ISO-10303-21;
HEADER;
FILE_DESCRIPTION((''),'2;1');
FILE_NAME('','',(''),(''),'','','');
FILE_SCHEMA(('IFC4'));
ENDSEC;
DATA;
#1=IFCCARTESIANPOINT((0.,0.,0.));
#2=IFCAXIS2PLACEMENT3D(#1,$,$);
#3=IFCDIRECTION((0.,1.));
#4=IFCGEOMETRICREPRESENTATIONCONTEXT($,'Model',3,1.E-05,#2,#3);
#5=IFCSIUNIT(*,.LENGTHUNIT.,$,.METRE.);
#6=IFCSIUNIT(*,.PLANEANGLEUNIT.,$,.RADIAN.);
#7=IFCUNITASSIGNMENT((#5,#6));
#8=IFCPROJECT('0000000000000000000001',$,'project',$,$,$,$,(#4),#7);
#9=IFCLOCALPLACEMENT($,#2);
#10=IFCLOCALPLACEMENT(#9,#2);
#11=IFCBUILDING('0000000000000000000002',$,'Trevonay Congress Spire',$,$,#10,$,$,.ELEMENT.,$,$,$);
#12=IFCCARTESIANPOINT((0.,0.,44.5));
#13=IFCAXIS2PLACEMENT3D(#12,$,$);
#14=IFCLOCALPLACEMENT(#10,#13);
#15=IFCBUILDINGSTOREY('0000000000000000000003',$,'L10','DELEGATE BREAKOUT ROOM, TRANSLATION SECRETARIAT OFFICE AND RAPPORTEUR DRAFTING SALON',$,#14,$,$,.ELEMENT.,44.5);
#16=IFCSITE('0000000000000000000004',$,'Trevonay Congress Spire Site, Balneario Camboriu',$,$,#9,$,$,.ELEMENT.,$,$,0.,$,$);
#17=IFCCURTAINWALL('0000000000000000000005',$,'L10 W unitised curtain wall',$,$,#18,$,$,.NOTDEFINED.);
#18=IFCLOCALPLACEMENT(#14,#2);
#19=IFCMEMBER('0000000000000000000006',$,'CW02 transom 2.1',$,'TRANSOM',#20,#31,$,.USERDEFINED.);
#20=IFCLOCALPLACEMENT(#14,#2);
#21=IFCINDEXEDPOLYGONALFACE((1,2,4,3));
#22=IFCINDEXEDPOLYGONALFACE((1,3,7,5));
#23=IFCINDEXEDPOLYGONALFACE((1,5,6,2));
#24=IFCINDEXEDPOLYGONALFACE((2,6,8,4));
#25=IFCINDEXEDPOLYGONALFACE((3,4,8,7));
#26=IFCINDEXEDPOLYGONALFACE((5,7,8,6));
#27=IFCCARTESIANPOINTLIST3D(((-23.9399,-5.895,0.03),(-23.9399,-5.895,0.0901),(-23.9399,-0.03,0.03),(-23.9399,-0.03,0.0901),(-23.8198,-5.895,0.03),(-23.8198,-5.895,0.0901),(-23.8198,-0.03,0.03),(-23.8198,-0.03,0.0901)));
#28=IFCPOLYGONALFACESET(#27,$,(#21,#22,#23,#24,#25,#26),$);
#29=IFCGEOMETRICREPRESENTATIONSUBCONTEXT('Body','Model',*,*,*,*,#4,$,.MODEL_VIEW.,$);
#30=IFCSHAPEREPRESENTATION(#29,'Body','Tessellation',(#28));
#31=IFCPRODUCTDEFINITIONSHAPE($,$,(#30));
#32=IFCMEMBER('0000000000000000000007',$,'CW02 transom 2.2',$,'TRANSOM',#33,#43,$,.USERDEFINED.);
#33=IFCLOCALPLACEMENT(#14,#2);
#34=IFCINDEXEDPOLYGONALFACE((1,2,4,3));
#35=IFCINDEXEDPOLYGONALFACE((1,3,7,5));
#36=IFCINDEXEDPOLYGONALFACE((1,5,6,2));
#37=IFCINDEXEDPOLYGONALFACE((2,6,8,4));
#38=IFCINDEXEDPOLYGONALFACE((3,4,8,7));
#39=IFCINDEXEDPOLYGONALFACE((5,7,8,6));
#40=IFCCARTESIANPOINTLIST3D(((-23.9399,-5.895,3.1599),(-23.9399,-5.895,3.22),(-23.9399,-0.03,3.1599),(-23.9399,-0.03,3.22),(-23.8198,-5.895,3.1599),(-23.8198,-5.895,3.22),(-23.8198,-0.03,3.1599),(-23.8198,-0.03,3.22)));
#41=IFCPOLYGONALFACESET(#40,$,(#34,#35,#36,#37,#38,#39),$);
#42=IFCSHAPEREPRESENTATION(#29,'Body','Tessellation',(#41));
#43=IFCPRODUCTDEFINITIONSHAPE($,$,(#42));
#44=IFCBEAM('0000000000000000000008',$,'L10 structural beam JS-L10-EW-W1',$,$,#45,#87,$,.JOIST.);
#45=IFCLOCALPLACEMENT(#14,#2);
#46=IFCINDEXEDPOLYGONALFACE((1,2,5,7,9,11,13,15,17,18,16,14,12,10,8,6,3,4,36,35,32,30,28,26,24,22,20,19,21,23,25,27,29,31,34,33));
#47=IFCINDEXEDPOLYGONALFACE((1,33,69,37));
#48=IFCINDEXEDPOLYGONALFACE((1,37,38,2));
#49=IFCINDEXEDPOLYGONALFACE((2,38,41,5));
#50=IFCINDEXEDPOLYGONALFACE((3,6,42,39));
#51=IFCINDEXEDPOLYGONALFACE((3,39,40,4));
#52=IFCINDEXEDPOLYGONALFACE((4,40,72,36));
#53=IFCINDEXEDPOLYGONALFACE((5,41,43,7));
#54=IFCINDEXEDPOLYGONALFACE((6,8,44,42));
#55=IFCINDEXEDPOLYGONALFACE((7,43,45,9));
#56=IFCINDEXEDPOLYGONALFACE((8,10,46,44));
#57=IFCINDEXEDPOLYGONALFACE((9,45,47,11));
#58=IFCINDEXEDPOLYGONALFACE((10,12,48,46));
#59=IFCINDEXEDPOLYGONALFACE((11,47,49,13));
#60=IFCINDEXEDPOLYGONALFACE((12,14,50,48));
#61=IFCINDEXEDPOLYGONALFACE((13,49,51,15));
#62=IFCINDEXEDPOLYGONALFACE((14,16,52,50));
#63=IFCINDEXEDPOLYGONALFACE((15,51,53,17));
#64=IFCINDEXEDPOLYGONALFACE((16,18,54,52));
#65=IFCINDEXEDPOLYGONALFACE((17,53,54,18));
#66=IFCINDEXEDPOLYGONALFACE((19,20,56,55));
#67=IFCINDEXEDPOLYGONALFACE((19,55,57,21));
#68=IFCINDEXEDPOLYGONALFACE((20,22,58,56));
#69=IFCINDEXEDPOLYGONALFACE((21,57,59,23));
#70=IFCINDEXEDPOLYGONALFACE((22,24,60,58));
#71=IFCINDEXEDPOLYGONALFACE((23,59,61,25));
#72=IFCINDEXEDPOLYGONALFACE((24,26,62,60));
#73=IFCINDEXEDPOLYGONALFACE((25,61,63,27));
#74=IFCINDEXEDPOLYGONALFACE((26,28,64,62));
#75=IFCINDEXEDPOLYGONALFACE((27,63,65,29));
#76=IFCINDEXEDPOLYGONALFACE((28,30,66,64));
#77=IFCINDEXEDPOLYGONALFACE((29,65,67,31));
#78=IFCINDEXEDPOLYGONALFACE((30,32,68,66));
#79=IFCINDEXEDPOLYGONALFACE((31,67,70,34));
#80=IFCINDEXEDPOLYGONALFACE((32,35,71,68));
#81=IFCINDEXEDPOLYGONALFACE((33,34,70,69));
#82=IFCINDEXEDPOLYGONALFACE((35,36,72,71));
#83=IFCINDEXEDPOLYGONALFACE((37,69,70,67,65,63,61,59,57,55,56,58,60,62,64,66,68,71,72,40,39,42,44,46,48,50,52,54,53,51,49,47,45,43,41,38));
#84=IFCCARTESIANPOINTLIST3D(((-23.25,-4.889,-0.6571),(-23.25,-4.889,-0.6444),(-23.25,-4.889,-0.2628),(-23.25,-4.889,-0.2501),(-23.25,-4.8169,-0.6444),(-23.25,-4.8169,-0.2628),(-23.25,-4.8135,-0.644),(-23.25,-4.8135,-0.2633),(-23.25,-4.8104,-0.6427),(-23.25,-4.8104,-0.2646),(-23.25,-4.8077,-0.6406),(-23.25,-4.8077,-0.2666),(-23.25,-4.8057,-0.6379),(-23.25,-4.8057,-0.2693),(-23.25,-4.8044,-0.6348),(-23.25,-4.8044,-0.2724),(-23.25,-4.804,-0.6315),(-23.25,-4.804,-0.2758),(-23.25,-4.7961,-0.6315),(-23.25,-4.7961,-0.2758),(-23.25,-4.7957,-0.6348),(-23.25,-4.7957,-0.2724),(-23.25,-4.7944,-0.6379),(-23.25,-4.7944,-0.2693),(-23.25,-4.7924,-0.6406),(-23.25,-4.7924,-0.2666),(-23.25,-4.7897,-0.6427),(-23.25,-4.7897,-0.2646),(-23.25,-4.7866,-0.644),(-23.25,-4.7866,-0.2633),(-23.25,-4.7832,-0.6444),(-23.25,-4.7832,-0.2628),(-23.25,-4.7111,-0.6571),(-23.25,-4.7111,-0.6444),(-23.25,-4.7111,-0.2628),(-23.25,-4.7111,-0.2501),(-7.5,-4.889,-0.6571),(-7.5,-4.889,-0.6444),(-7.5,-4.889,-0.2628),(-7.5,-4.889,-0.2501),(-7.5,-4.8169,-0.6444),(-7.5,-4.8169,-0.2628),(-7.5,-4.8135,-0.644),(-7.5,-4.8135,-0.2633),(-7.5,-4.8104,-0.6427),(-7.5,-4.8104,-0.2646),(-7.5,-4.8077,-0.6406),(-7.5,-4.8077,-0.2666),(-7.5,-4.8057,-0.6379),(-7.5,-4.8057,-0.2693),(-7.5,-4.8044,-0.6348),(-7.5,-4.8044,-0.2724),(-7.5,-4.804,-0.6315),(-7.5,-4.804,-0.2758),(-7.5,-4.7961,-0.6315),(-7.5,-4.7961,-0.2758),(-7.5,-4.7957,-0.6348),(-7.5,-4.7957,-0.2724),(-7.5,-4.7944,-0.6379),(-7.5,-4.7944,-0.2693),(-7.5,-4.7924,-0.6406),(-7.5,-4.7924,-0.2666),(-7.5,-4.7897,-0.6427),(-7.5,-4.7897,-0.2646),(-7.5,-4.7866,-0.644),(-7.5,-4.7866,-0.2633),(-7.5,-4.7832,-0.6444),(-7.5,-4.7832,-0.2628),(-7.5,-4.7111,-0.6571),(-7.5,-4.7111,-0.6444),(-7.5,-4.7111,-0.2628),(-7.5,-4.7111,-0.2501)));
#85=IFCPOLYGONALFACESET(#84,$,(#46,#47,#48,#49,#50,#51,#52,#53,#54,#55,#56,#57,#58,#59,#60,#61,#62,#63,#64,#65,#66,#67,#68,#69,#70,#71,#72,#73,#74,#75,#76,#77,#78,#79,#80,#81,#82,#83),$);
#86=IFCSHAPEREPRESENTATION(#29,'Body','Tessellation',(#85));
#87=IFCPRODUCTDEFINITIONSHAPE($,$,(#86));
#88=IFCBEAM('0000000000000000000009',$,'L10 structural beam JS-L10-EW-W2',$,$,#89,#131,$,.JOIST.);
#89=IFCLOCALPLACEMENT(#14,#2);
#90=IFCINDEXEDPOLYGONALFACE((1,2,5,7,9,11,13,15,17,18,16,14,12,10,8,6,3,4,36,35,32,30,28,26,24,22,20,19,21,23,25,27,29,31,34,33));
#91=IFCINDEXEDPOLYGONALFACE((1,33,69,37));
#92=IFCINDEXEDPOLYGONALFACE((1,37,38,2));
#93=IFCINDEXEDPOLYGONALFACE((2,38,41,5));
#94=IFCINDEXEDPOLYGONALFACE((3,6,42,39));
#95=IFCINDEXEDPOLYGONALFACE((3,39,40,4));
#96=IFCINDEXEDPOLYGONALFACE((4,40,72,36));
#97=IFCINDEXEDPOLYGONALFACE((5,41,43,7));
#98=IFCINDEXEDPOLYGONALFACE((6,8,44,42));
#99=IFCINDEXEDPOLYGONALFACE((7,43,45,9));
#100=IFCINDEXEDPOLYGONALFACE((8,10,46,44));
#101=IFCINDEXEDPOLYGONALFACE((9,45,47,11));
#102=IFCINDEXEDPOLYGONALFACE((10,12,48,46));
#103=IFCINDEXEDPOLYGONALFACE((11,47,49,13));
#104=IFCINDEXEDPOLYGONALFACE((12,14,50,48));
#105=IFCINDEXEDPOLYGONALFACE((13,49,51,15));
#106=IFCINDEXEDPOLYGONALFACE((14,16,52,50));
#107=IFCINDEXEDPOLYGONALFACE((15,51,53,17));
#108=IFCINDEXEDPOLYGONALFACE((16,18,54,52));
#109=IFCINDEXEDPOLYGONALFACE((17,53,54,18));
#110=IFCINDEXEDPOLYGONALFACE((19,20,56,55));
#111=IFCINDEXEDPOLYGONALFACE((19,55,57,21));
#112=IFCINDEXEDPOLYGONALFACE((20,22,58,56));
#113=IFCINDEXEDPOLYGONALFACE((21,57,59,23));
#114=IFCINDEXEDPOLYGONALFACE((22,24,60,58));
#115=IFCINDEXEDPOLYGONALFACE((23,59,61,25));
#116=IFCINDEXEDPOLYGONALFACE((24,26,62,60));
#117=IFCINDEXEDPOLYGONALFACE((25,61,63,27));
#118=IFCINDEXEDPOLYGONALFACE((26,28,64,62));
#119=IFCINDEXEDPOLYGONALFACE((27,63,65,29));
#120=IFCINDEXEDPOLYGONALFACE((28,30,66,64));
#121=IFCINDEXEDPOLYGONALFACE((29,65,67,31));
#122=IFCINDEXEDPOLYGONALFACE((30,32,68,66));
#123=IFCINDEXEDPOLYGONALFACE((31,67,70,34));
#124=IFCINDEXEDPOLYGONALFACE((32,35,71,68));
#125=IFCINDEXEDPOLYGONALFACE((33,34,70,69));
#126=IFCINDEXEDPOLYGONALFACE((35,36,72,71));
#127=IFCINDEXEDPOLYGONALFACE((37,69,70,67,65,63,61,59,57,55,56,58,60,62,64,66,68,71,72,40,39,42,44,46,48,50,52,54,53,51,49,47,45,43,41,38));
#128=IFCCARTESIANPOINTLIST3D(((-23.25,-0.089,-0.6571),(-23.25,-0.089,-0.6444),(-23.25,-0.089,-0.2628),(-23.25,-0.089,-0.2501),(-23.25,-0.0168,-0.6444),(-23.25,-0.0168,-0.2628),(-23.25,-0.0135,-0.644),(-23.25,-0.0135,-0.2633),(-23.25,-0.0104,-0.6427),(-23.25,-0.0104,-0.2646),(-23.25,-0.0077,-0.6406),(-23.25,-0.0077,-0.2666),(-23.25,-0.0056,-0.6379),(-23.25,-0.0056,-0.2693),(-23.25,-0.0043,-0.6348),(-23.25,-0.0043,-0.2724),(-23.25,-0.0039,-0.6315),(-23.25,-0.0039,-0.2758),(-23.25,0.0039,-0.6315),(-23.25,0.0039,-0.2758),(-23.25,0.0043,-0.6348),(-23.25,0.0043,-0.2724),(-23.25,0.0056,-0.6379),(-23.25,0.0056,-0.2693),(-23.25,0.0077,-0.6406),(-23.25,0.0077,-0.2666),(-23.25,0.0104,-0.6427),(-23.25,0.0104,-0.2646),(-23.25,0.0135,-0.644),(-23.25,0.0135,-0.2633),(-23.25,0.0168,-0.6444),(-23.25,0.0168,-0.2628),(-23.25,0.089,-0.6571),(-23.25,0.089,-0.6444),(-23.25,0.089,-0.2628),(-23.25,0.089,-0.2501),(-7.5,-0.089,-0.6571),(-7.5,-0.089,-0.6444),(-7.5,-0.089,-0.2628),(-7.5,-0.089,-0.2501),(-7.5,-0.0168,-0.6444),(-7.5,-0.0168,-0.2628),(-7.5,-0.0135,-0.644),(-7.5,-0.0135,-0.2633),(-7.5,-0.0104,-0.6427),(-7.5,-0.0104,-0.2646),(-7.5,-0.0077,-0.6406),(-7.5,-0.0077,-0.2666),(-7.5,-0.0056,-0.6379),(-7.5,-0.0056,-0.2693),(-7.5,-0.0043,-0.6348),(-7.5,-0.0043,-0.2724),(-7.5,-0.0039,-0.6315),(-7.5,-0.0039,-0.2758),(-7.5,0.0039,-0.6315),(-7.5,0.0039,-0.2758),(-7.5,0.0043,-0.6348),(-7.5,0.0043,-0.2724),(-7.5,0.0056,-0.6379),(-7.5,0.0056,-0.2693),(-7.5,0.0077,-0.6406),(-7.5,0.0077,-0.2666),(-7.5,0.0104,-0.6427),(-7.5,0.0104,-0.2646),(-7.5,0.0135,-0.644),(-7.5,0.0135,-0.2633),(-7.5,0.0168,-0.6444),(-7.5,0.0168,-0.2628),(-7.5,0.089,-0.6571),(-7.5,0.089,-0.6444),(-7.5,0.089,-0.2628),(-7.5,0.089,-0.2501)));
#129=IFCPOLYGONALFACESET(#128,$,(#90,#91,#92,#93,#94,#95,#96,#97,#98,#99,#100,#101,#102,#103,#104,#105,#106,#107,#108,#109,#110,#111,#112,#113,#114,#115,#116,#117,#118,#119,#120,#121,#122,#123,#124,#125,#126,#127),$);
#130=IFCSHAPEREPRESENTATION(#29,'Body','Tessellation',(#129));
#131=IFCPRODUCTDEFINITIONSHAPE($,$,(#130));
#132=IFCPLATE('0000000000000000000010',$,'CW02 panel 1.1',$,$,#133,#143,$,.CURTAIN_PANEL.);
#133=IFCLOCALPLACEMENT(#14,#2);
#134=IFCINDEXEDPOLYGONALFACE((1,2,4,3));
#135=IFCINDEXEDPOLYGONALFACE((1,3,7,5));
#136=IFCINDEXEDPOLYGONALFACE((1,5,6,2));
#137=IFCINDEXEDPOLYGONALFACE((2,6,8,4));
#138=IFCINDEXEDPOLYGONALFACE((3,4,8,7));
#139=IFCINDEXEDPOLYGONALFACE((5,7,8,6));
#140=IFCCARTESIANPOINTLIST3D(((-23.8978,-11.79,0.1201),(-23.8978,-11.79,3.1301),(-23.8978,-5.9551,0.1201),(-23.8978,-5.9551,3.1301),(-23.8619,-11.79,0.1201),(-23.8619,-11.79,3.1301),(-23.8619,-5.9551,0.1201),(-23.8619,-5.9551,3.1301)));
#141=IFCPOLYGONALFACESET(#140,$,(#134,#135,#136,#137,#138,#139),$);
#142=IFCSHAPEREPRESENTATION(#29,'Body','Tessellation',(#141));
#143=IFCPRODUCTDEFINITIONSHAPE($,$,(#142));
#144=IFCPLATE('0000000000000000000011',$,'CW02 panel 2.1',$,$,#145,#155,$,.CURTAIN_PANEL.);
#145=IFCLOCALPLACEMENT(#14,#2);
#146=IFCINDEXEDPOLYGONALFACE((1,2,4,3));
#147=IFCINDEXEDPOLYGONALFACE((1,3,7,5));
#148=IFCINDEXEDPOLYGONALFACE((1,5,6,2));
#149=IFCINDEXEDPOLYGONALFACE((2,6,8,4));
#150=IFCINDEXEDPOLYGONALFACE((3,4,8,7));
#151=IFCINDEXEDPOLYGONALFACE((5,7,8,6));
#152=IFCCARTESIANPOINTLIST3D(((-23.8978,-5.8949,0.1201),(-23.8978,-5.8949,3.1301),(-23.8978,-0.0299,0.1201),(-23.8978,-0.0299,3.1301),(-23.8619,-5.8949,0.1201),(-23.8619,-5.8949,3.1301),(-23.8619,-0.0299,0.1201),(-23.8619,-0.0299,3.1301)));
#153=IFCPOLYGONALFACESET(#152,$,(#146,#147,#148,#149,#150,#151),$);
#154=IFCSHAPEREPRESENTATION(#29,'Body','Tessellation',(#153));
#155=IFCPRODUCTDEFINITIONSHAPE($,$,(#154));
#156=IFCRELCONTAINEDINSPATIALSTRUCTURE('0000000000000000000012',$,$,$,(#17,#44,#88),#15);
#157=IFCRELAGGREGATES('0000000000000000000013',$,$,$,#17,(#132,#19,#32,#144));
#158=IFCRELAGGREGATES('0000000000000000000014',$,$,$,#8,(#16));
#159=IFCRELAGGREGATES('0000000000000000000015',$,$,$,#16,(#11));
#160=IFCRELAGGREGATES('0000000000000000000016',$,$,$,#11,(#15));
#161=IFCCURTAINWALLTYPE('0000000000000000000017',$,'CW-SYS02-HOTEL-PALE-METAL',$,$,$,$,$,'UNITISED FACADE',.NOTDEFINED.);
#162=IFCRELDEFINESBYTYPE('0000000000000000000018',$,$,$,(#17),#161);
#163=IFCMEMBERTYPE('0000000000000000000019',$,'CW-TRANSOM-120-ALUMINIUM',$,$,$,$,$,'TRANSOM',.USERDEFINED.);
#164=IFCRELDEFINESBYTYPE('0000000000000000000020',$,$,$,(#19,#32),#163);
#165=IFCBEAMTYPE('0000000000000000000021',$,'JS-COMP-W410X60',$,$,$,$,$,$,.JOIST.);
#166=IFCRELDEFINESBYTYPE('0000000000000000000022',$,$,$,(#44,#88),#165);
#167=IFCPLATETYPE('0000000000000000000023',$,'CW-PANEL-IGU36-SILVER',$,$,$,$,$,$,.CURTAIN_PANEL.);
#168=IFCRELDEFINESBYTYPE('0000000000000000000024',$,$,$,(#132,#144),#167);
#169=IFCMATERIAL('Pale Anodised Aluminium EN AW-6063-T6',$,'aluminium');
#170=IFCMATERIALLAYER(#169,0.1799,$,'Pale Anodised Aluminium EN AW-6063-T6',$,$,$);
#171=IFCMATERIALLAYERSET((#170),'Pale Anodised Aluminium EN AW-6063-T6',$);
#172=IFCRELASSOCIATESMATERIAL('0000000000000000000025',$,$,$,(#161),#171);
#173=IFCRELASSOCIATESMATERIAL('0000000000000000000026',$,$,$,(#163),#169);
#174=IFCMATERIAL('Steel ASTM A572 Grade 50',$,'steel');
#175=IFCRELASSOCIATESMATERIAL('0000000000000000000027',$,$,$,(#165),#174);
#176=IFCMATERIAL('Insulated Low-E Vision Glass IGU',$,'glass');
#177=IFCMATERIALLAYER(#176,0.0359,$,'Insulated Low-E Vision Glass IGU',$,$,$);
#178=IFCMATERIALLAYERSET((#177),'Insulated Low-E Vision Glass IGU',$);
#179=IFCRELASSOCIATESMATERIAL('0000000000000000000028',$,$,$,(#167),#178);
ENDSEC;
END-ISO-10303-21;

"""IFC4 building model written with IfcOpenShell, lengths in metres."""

from ifc_helpers import new_model, si_unit, direction, frame, origin, origin_2d, place, context, subcontext, project, spatial, rectangle, i_section, extrude, material, layer, layer_set, material_profile, profile_set, type_object, element, aggregate, save


model = new_model("IFC4")

# Units and contexts
model_context = context("Model", 3, precision=1e-05, world=origin(), true_north=direction((0.0, 1.0)))
body_context = subcontext(model_context, "Body", "Model", "MODEL_VIEW")
ifc_project = project(units=[si_unit("LENGTHUNIT", "METRE"), si_unit("PLANEANGLEUNIT", "RADIAN")], contexts=[model_context])

# Site, building, storey
site_placement = place(None, origin())
site = spatial("IfcSite", under=ifc_project, at=site_placement, Name="Trevonay Congress Spire Site, Balneario Camboriu", CompositionType="ELEMENT", RefElevation=0.0)
building_placement = place(site_placement, origin())
building = spatial("IfcBuilding", under=site, at=building_placement, Name="Trevonay Congress Spire", CompositionType="ELEMENT")
storey_placement = place(building_placement, frame((0.0, 0.0, 44.5)))
storey = spatial("IfcBuildingStorey", under=building, at=storey_placement, Name="L10", Description="DELEGATE BREAKOUT ROOM, TRANSLATION SECRETARIAT OFFICE AND RAPPORTEUR DRAFTING SALON", CompositionType="ELEMENT", Elevation=44.5)

# Shared definitions
ifc_material_1 = material(Name="Steel ASTM A572 Grade 50", Category="steel")

# Curtain wall, members
ifc_material_2 = material(Name="Pale Anodised Aluminium EN AW-6063-T6", Category="aluminium")
ifc_layer_1 = layer(ifc_material_2, 0.1799, Name="Pale Anodised Aluminium EN AW-6063-T6")
ifc_layer_set_1 = layer_set([ifc_layer_1], Name="Pale Anodised Aluminium EN AW-6063-T6")
curtain_wall_type = type_object("IfcCurtainWallType", Name="CW-SYS02-HOTEL-PALE-METAL", ElementType="UNITISED FACADE", PredefinedType="NOTDEFINED", material=ifc_layer_set_1)
curtain_wall_placement = place(storey_placement, origin())
curtain_wall = element("IfcCurtainWall", 1, at=curtain_wall_placement, inside=storey, type_object=curtain_wall_type, Name="L10 W unitised curtain wall", PredefinedType="NOTDEFINED")
ifc_material_profile_1 = material_profile(ifc_material_2, rectangle(XDim=0.1201, YDim=0.0601, at=origin_2d()), Name="CW-TRANSOM-120-ALUMINIUM")
ifc_profile_set_1 = profile_set([ifc_material_profile_1], Name="Pale Anodised Aluminium EN AW-6063-T6")
member_type_1 = type_object("IfcMemberType", Name="CW-TRANSOM-120-ALUMINIUM", ElementType="TRANSOM", PredefinedType="USERDEFINED", material=ifc_profile_set_1)
member_1_placement = place(storey_placement, frame((-23.8799, -5.895, 0.0601), z_axis=(0.0, 1.0, 0.0), x_axis=(-1.0, 0.0, 0.0)))
member_1 = element("IfcMember", 2, at=member_1_placement, type_object=member_type_1, Name="CW02 transom 2.1", ObjectType="TRANSOM", PredefinedType="USERDEFINED", context=body_context, shape_type="SweptSolid", body=[
    extrude(rectangle(XDim=0.1201, YDim=0.0601, at=origin_2d()), origin(), (0.0, 0.0, 1.0), 5.865),
])
member_2_placement = place(storey_placement, frame((-23.8799, -5.895, 3.1899), z_axis=(0.0, 1.0, 0.0), x_axis=(-1.0, 0.0, 0.0)))
member_2 = element("IfcMember", 3, at=member_2_placement, type_object=member_type_1, Name="CW02 transom 2.2", ObjectType="TRANSOM", PredefinedType="USERDEFINED", context=body_context, shape_type="SweptSolid", body=[
    extrude(rectangle(XDim=0.1201, YDim=0.0601, at=origin_2d()), origin(), (0.0, 0.0, 1.0), 5.865),
])

# Beams
ifc_material_profile_2 = material_profile(ifc_material_1, i_section(OverallWidth=0.178, OverallDepth=0.407, WebThickness=0.0078, FlangeThickness=0.0127, FilletRadius=0.0129, at=origin_2d()), Name="W410x60")
ifc_profile_set_2 = profile_set([ifc_material_profile_2], Name="Steel ASTM A572 Grade 50")
beam_type_1 = type_object("IfcBeamType", Name="JS-COMP-W410X60", PredefinedType="JOIST", material=ifc_profile_set_2)
for number, where, z_axis, x_axis, name in (
    (4, (-23.25, -4.8, -0.4536), (1.0, 0.0, 0.0), (0.0, 1.0, 0.0), "L10 structural beam JS-L10-EW-W1"),
    (5, (-23.25, 0.0, -0.4536), (1.0, 0.0, 0.0), (0.0, 1.0, 0.0), "L10 structural beam JS-L10-EW-W2"),
):
    element("IfcBeam", number, at=place(storey_placement, frame(where, z_axis=z_axis, x_axis=x_axis)), inside=storey, type_object=beam_type_1, Name=name, PredefinedType="JOIST", context=body_context, shape_type="SweptSolid", body=[
        extrude(i_section(OverallWidth=0.178, OverallDepth=0.407, WebThickness=0.0078, FlangeThickness=0.0127, FilletRadius=0.0129, at=origin_2d()), origin(), (0.0, 0.0, 1.0), 15.75),
    ])

# Plates
ifc_material_3 = material(Name="Insulated Low-E Vision Glass IGU", Category="glass")
ifc_layer_2 = layer(ifc_material_3, 0.0359, Name="Insulated Low-E Vision Glass IGU")
ifc_layer_set_2 = layer_set([ifc_layer_2], Name="Insulated Low-E Vision Glass IGU")
plate_type = type_object("IfcPlateType", Name="CW-PANEL-IGU36-SILVER", PredefinedType="CURTAIN_PANEL", material=ifc_layer_set_2)
plate_1_placement = place(storey_placement, frame((-23.8799, -8.8726, 0.1201), z_axis=(0.0, 0.0, 1.0), x_axis=(0.0, 1.0, 0.0)))
plate_1 = element("IfcPlate", 6, at=plate_1_placement, type_object=plate_type, Name="CW02 panel 1.1", PredefinedType="CURTAIN_PANEL", context=body_context, shape_type="SweptSolid", body=[
    extrude(rectangle(XDim=5.835, YDim=0.0359, at=origin_2d()), origin(), (0.0, 0.0, 1.0), 3.01),
])
plate_2_placement = place(storey_placement, frame((-23.8799, -2.9624, 0.1201), z_axis=(0.0, 0.0, 1.0), x_axis=(0.0, 1.0, 0.0)))
plate_2 = element("IfcPlate", 7, at=plate_2_placement, type_object=plate_type, Name="CW02 panel 2.1", PredefinedType="CURTAIN_PANEL", context=body_context, shape_type="SweptSolid", body=[
    extrude(rectangle(XDim=5.865, YDim=0.0359, at=origin_2d()), origin(), (0.0, 0.0, 1.0), 3.01),
])
aggregate(curtain_wall, [plate_1, member_1, member_2, plate_2])

save(model, "model.ifc")
